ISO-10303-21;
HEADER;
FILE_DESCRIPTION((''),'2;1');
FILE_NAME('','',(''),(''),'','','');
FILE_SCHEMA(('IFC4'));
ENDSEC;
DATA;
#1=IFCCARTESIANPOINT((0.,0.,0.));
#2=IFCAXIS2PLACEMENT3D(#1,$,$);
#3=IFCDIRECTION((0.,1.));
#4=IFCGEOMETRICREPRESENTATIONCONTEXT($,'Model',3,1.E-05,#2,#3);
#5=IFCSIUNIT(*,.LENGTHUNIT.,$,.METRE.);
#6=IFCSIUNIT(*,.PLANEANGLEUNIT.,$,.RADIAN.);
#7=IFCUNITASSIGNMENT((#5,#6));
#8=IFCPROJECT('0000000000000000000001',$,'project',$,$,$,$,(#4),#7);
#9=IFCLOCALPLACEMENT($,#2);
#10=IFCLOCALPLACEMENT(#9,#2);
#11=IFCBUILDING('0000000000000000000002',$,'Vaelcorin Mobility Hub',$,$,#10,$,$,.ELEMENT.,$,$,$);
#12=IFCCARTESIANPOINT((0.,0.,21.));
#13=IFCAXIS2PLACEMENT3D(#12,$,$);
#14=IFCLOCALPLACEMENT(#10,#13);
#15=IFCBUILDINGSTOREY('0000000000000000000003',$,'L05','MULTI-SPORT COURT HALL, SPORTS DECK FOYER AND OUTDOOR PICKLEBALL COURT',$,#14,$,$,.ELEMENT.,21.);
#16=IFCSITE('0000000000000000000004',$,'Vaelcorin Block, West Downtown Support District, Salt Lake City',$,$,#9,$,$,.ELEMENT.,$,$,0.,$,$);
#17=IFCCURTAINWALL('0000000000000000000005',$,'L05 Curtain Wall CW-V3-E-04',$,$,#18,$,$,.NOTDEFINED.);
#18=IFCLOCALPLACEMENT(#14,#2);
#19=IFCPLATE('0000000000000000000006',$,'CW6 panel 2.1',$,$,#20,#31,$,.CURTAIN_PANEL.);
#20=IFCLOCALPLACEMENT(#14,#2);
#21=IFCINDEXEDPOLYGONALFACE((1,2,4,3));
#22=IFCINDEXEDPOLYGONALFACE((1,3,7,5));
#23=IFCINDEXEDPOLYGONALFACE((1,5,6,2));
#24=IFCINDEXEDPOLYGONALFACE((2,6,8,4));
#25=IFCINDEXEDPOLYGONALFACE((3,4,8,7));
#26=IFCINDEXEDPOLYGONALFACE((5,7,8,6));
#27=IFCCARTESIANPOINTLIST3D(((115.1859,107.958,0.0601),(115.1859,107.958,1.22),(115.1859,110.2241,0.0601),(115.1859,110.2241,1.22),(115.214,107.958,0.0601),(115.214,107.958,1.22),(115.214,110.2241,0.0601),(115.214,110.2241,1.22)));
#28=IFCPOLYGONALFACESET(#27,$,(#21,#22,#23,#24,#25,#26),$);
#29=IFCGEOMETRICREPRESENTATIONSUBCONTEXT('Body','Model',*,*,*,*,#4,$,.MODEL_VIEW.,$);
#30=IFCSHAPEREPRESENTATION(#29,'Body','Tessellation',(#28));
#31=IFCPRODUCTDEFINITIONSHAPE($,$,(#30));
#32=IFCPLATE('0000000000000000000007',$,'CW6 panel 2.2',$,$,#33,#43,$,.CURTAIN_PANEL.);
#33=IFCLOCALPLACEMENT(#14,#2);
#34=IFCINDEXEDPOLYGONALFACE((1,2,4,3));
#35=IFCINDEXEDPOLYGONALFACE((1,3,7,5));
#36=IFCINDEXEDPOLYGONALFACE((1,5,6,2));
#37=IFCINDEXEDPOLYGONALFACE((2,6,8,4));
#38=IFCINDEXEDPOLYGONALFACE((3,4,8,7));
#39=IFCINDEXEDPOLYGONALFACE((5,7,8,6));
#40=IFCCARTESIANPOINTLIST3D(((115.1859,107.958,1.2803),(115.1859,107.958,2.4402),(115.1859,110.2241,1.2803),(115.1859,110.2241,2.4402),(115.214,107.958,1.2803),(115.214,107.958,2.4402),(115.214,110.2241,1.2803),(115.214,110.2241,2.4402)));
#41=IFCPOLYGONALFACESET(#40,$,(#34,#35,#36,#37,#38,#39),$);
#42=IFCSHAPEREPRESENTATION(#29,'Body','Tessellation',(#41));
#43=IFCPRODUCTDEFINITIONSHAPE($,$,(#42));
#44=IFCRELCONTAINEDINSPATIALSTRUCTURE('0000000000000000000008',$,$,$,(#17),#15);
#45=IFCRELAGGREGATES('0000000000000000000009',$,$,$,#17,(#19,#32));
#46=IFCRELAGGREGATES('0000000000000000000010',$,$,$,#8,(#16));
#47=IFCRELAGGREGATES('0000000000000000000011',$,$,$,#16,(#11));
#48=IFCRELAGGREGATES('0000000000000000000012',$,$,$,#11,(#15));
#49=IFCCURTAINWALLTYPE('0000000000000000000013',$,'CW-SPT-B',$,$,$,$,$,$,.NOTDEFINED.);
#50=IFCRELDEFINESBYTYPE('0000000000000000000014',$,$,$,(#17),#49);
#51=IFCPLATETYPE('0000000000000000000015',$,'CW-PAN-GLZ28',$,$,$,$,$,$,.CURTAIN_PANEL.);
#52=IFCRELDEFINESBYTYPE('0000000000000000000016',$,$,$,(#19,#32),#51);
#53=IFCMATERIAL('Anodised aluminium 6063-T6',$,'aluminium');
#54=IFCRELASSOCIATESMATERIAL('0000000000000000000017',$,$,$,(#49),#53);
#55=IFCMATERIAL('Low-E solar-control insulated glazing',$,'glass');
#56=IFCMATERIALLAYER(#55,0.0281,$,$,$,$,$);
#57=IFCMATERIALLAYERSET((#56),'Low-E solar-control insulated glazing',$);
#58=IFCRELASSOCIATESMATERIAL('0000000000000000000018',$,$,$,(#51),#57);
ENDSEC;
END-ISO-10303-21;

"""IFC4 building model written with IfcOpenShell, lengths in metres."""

from ifc_helpers import new_model, si_unit, direction, frame, origin, origin_2d, place, context, subcontext, project, spatial, rectangle, extrude, material, layer, layer_set, type_object, element, aggregate, save


model = new_model("IFC4")

# Units and contexts
model_context = context("Model", 3, precision=1e-05, world=origin(), true_north=direction((0.0, 1.0)))
body_context = subcontext(model_context, "Body", "Model", "MODEL_VIEW")
ifc_project = project(units=[si_unit("LENGTHUNIT", "METRE"), si_unit("PLANEANGLEUNIT", "RADIAN")], contexts=[model_context])

# Site, building, storey
site_placement = place(None, origin())
site = spatial("IfcSite", under=ifc_project, at=site_placement, Name="Vaelcorin Block, West Downtown Support District, Salt Lake City", CompositionType="ELEMENT", RefElevation=0.0)
building_placement = place(site_placement, origin())
building = spatial("IfcBuilding", under=site, at=building_placement, Name="Vaelcorin Mobility Hub", CompositionType="ELEMENT")
storey_placement = place(building_placement, frame((0.0, 0.0, 21.0)))
storey = spatial("IfcBuildingStorey", under=building, at=storey_placement, Name="L05", Description="MULTI-SPORT COURT HALL, SPORTS DECK FOYER AND OUTDOOR PICKLEBALL COURT", CompositionType="ELEMENT", Elevation=21.0)

# Curtain wall, plates
ifc_material_1 = material(Name="Anodised aluminium 6063-T6", Category="aluminium")
curtain_wall_type = type_object("IfcCurtainWallType", Name="CW-SPT-B", PredefinedType="NOTDEFINED", material=ifc_material_1)
curtain_wall_placement = place(storey_placement, origin())
curtain_wall = element("IfcCurtainWall", 1, at=curtain_wall_placement, inside=storey, type_object=curtain_wall_type, Name="L05 Curtain Wall CW-V3-E-04", PredefinedType="NOTDEFINED")
ifc_material_2 = material(Name="Low-E solar-control insulated glazing", Category="glass")
ifc_layer = layer(ifc_material_2, 0.0281)
ifc_layer_set = layer_set([ifc_layer], Name="Low-E solar-control insulated glazing")
plate_type = type_object("IfcPlateType", Name="CW-PAN-GLZ28", PredefinedType="CURTAIN_PANEL", material=ifc_layer_set)
plate_1_placement = place(storey_placement, frame((115.2, 109.0911, 0.0601), z_axis=(0.0, 0.0, 1.0), x_axis=(0.0, -1.0, 0.0)))
plate_1 = element("IfcPlate", 2, at=plate_1_placement, type_object=plate_type, Name="CW6 panel 2.1", PredefinedType="CURTAIN_PANEL", context=body_context, shape_type="SweptSolid", body=[
    extrude(rectangle(XDim=2.2661, YDim=0.0281, at=origin_2d()), origin(), (0.0, 0.0, 1.0), 1.1599),
])
plate_2_placement = place(storey_placement, frame((115.2, 109.0911, 1.2803), z_axis=(0.0, 0.0, 1.0), x_axis=(0.0, -1.0, 0.0)))
plate_2 = element("IfcPlate", 3, at=plate_2_placement, type_object=plate_type, Name="CW6 panel 2.2", PredefinedType="CURTAIN_PANEL", context=body_context, shape_type="SweptSolid", body=[
    extrude(rectangle(XDim=2.2661, YDim=0.0281, at=origin_2d()), origin(), (0.0, 0.0, 1.0), 1.1599),
])
aggregate(curtain_wall, [plate_1, plate_2])

save(model, "model.ifc")
